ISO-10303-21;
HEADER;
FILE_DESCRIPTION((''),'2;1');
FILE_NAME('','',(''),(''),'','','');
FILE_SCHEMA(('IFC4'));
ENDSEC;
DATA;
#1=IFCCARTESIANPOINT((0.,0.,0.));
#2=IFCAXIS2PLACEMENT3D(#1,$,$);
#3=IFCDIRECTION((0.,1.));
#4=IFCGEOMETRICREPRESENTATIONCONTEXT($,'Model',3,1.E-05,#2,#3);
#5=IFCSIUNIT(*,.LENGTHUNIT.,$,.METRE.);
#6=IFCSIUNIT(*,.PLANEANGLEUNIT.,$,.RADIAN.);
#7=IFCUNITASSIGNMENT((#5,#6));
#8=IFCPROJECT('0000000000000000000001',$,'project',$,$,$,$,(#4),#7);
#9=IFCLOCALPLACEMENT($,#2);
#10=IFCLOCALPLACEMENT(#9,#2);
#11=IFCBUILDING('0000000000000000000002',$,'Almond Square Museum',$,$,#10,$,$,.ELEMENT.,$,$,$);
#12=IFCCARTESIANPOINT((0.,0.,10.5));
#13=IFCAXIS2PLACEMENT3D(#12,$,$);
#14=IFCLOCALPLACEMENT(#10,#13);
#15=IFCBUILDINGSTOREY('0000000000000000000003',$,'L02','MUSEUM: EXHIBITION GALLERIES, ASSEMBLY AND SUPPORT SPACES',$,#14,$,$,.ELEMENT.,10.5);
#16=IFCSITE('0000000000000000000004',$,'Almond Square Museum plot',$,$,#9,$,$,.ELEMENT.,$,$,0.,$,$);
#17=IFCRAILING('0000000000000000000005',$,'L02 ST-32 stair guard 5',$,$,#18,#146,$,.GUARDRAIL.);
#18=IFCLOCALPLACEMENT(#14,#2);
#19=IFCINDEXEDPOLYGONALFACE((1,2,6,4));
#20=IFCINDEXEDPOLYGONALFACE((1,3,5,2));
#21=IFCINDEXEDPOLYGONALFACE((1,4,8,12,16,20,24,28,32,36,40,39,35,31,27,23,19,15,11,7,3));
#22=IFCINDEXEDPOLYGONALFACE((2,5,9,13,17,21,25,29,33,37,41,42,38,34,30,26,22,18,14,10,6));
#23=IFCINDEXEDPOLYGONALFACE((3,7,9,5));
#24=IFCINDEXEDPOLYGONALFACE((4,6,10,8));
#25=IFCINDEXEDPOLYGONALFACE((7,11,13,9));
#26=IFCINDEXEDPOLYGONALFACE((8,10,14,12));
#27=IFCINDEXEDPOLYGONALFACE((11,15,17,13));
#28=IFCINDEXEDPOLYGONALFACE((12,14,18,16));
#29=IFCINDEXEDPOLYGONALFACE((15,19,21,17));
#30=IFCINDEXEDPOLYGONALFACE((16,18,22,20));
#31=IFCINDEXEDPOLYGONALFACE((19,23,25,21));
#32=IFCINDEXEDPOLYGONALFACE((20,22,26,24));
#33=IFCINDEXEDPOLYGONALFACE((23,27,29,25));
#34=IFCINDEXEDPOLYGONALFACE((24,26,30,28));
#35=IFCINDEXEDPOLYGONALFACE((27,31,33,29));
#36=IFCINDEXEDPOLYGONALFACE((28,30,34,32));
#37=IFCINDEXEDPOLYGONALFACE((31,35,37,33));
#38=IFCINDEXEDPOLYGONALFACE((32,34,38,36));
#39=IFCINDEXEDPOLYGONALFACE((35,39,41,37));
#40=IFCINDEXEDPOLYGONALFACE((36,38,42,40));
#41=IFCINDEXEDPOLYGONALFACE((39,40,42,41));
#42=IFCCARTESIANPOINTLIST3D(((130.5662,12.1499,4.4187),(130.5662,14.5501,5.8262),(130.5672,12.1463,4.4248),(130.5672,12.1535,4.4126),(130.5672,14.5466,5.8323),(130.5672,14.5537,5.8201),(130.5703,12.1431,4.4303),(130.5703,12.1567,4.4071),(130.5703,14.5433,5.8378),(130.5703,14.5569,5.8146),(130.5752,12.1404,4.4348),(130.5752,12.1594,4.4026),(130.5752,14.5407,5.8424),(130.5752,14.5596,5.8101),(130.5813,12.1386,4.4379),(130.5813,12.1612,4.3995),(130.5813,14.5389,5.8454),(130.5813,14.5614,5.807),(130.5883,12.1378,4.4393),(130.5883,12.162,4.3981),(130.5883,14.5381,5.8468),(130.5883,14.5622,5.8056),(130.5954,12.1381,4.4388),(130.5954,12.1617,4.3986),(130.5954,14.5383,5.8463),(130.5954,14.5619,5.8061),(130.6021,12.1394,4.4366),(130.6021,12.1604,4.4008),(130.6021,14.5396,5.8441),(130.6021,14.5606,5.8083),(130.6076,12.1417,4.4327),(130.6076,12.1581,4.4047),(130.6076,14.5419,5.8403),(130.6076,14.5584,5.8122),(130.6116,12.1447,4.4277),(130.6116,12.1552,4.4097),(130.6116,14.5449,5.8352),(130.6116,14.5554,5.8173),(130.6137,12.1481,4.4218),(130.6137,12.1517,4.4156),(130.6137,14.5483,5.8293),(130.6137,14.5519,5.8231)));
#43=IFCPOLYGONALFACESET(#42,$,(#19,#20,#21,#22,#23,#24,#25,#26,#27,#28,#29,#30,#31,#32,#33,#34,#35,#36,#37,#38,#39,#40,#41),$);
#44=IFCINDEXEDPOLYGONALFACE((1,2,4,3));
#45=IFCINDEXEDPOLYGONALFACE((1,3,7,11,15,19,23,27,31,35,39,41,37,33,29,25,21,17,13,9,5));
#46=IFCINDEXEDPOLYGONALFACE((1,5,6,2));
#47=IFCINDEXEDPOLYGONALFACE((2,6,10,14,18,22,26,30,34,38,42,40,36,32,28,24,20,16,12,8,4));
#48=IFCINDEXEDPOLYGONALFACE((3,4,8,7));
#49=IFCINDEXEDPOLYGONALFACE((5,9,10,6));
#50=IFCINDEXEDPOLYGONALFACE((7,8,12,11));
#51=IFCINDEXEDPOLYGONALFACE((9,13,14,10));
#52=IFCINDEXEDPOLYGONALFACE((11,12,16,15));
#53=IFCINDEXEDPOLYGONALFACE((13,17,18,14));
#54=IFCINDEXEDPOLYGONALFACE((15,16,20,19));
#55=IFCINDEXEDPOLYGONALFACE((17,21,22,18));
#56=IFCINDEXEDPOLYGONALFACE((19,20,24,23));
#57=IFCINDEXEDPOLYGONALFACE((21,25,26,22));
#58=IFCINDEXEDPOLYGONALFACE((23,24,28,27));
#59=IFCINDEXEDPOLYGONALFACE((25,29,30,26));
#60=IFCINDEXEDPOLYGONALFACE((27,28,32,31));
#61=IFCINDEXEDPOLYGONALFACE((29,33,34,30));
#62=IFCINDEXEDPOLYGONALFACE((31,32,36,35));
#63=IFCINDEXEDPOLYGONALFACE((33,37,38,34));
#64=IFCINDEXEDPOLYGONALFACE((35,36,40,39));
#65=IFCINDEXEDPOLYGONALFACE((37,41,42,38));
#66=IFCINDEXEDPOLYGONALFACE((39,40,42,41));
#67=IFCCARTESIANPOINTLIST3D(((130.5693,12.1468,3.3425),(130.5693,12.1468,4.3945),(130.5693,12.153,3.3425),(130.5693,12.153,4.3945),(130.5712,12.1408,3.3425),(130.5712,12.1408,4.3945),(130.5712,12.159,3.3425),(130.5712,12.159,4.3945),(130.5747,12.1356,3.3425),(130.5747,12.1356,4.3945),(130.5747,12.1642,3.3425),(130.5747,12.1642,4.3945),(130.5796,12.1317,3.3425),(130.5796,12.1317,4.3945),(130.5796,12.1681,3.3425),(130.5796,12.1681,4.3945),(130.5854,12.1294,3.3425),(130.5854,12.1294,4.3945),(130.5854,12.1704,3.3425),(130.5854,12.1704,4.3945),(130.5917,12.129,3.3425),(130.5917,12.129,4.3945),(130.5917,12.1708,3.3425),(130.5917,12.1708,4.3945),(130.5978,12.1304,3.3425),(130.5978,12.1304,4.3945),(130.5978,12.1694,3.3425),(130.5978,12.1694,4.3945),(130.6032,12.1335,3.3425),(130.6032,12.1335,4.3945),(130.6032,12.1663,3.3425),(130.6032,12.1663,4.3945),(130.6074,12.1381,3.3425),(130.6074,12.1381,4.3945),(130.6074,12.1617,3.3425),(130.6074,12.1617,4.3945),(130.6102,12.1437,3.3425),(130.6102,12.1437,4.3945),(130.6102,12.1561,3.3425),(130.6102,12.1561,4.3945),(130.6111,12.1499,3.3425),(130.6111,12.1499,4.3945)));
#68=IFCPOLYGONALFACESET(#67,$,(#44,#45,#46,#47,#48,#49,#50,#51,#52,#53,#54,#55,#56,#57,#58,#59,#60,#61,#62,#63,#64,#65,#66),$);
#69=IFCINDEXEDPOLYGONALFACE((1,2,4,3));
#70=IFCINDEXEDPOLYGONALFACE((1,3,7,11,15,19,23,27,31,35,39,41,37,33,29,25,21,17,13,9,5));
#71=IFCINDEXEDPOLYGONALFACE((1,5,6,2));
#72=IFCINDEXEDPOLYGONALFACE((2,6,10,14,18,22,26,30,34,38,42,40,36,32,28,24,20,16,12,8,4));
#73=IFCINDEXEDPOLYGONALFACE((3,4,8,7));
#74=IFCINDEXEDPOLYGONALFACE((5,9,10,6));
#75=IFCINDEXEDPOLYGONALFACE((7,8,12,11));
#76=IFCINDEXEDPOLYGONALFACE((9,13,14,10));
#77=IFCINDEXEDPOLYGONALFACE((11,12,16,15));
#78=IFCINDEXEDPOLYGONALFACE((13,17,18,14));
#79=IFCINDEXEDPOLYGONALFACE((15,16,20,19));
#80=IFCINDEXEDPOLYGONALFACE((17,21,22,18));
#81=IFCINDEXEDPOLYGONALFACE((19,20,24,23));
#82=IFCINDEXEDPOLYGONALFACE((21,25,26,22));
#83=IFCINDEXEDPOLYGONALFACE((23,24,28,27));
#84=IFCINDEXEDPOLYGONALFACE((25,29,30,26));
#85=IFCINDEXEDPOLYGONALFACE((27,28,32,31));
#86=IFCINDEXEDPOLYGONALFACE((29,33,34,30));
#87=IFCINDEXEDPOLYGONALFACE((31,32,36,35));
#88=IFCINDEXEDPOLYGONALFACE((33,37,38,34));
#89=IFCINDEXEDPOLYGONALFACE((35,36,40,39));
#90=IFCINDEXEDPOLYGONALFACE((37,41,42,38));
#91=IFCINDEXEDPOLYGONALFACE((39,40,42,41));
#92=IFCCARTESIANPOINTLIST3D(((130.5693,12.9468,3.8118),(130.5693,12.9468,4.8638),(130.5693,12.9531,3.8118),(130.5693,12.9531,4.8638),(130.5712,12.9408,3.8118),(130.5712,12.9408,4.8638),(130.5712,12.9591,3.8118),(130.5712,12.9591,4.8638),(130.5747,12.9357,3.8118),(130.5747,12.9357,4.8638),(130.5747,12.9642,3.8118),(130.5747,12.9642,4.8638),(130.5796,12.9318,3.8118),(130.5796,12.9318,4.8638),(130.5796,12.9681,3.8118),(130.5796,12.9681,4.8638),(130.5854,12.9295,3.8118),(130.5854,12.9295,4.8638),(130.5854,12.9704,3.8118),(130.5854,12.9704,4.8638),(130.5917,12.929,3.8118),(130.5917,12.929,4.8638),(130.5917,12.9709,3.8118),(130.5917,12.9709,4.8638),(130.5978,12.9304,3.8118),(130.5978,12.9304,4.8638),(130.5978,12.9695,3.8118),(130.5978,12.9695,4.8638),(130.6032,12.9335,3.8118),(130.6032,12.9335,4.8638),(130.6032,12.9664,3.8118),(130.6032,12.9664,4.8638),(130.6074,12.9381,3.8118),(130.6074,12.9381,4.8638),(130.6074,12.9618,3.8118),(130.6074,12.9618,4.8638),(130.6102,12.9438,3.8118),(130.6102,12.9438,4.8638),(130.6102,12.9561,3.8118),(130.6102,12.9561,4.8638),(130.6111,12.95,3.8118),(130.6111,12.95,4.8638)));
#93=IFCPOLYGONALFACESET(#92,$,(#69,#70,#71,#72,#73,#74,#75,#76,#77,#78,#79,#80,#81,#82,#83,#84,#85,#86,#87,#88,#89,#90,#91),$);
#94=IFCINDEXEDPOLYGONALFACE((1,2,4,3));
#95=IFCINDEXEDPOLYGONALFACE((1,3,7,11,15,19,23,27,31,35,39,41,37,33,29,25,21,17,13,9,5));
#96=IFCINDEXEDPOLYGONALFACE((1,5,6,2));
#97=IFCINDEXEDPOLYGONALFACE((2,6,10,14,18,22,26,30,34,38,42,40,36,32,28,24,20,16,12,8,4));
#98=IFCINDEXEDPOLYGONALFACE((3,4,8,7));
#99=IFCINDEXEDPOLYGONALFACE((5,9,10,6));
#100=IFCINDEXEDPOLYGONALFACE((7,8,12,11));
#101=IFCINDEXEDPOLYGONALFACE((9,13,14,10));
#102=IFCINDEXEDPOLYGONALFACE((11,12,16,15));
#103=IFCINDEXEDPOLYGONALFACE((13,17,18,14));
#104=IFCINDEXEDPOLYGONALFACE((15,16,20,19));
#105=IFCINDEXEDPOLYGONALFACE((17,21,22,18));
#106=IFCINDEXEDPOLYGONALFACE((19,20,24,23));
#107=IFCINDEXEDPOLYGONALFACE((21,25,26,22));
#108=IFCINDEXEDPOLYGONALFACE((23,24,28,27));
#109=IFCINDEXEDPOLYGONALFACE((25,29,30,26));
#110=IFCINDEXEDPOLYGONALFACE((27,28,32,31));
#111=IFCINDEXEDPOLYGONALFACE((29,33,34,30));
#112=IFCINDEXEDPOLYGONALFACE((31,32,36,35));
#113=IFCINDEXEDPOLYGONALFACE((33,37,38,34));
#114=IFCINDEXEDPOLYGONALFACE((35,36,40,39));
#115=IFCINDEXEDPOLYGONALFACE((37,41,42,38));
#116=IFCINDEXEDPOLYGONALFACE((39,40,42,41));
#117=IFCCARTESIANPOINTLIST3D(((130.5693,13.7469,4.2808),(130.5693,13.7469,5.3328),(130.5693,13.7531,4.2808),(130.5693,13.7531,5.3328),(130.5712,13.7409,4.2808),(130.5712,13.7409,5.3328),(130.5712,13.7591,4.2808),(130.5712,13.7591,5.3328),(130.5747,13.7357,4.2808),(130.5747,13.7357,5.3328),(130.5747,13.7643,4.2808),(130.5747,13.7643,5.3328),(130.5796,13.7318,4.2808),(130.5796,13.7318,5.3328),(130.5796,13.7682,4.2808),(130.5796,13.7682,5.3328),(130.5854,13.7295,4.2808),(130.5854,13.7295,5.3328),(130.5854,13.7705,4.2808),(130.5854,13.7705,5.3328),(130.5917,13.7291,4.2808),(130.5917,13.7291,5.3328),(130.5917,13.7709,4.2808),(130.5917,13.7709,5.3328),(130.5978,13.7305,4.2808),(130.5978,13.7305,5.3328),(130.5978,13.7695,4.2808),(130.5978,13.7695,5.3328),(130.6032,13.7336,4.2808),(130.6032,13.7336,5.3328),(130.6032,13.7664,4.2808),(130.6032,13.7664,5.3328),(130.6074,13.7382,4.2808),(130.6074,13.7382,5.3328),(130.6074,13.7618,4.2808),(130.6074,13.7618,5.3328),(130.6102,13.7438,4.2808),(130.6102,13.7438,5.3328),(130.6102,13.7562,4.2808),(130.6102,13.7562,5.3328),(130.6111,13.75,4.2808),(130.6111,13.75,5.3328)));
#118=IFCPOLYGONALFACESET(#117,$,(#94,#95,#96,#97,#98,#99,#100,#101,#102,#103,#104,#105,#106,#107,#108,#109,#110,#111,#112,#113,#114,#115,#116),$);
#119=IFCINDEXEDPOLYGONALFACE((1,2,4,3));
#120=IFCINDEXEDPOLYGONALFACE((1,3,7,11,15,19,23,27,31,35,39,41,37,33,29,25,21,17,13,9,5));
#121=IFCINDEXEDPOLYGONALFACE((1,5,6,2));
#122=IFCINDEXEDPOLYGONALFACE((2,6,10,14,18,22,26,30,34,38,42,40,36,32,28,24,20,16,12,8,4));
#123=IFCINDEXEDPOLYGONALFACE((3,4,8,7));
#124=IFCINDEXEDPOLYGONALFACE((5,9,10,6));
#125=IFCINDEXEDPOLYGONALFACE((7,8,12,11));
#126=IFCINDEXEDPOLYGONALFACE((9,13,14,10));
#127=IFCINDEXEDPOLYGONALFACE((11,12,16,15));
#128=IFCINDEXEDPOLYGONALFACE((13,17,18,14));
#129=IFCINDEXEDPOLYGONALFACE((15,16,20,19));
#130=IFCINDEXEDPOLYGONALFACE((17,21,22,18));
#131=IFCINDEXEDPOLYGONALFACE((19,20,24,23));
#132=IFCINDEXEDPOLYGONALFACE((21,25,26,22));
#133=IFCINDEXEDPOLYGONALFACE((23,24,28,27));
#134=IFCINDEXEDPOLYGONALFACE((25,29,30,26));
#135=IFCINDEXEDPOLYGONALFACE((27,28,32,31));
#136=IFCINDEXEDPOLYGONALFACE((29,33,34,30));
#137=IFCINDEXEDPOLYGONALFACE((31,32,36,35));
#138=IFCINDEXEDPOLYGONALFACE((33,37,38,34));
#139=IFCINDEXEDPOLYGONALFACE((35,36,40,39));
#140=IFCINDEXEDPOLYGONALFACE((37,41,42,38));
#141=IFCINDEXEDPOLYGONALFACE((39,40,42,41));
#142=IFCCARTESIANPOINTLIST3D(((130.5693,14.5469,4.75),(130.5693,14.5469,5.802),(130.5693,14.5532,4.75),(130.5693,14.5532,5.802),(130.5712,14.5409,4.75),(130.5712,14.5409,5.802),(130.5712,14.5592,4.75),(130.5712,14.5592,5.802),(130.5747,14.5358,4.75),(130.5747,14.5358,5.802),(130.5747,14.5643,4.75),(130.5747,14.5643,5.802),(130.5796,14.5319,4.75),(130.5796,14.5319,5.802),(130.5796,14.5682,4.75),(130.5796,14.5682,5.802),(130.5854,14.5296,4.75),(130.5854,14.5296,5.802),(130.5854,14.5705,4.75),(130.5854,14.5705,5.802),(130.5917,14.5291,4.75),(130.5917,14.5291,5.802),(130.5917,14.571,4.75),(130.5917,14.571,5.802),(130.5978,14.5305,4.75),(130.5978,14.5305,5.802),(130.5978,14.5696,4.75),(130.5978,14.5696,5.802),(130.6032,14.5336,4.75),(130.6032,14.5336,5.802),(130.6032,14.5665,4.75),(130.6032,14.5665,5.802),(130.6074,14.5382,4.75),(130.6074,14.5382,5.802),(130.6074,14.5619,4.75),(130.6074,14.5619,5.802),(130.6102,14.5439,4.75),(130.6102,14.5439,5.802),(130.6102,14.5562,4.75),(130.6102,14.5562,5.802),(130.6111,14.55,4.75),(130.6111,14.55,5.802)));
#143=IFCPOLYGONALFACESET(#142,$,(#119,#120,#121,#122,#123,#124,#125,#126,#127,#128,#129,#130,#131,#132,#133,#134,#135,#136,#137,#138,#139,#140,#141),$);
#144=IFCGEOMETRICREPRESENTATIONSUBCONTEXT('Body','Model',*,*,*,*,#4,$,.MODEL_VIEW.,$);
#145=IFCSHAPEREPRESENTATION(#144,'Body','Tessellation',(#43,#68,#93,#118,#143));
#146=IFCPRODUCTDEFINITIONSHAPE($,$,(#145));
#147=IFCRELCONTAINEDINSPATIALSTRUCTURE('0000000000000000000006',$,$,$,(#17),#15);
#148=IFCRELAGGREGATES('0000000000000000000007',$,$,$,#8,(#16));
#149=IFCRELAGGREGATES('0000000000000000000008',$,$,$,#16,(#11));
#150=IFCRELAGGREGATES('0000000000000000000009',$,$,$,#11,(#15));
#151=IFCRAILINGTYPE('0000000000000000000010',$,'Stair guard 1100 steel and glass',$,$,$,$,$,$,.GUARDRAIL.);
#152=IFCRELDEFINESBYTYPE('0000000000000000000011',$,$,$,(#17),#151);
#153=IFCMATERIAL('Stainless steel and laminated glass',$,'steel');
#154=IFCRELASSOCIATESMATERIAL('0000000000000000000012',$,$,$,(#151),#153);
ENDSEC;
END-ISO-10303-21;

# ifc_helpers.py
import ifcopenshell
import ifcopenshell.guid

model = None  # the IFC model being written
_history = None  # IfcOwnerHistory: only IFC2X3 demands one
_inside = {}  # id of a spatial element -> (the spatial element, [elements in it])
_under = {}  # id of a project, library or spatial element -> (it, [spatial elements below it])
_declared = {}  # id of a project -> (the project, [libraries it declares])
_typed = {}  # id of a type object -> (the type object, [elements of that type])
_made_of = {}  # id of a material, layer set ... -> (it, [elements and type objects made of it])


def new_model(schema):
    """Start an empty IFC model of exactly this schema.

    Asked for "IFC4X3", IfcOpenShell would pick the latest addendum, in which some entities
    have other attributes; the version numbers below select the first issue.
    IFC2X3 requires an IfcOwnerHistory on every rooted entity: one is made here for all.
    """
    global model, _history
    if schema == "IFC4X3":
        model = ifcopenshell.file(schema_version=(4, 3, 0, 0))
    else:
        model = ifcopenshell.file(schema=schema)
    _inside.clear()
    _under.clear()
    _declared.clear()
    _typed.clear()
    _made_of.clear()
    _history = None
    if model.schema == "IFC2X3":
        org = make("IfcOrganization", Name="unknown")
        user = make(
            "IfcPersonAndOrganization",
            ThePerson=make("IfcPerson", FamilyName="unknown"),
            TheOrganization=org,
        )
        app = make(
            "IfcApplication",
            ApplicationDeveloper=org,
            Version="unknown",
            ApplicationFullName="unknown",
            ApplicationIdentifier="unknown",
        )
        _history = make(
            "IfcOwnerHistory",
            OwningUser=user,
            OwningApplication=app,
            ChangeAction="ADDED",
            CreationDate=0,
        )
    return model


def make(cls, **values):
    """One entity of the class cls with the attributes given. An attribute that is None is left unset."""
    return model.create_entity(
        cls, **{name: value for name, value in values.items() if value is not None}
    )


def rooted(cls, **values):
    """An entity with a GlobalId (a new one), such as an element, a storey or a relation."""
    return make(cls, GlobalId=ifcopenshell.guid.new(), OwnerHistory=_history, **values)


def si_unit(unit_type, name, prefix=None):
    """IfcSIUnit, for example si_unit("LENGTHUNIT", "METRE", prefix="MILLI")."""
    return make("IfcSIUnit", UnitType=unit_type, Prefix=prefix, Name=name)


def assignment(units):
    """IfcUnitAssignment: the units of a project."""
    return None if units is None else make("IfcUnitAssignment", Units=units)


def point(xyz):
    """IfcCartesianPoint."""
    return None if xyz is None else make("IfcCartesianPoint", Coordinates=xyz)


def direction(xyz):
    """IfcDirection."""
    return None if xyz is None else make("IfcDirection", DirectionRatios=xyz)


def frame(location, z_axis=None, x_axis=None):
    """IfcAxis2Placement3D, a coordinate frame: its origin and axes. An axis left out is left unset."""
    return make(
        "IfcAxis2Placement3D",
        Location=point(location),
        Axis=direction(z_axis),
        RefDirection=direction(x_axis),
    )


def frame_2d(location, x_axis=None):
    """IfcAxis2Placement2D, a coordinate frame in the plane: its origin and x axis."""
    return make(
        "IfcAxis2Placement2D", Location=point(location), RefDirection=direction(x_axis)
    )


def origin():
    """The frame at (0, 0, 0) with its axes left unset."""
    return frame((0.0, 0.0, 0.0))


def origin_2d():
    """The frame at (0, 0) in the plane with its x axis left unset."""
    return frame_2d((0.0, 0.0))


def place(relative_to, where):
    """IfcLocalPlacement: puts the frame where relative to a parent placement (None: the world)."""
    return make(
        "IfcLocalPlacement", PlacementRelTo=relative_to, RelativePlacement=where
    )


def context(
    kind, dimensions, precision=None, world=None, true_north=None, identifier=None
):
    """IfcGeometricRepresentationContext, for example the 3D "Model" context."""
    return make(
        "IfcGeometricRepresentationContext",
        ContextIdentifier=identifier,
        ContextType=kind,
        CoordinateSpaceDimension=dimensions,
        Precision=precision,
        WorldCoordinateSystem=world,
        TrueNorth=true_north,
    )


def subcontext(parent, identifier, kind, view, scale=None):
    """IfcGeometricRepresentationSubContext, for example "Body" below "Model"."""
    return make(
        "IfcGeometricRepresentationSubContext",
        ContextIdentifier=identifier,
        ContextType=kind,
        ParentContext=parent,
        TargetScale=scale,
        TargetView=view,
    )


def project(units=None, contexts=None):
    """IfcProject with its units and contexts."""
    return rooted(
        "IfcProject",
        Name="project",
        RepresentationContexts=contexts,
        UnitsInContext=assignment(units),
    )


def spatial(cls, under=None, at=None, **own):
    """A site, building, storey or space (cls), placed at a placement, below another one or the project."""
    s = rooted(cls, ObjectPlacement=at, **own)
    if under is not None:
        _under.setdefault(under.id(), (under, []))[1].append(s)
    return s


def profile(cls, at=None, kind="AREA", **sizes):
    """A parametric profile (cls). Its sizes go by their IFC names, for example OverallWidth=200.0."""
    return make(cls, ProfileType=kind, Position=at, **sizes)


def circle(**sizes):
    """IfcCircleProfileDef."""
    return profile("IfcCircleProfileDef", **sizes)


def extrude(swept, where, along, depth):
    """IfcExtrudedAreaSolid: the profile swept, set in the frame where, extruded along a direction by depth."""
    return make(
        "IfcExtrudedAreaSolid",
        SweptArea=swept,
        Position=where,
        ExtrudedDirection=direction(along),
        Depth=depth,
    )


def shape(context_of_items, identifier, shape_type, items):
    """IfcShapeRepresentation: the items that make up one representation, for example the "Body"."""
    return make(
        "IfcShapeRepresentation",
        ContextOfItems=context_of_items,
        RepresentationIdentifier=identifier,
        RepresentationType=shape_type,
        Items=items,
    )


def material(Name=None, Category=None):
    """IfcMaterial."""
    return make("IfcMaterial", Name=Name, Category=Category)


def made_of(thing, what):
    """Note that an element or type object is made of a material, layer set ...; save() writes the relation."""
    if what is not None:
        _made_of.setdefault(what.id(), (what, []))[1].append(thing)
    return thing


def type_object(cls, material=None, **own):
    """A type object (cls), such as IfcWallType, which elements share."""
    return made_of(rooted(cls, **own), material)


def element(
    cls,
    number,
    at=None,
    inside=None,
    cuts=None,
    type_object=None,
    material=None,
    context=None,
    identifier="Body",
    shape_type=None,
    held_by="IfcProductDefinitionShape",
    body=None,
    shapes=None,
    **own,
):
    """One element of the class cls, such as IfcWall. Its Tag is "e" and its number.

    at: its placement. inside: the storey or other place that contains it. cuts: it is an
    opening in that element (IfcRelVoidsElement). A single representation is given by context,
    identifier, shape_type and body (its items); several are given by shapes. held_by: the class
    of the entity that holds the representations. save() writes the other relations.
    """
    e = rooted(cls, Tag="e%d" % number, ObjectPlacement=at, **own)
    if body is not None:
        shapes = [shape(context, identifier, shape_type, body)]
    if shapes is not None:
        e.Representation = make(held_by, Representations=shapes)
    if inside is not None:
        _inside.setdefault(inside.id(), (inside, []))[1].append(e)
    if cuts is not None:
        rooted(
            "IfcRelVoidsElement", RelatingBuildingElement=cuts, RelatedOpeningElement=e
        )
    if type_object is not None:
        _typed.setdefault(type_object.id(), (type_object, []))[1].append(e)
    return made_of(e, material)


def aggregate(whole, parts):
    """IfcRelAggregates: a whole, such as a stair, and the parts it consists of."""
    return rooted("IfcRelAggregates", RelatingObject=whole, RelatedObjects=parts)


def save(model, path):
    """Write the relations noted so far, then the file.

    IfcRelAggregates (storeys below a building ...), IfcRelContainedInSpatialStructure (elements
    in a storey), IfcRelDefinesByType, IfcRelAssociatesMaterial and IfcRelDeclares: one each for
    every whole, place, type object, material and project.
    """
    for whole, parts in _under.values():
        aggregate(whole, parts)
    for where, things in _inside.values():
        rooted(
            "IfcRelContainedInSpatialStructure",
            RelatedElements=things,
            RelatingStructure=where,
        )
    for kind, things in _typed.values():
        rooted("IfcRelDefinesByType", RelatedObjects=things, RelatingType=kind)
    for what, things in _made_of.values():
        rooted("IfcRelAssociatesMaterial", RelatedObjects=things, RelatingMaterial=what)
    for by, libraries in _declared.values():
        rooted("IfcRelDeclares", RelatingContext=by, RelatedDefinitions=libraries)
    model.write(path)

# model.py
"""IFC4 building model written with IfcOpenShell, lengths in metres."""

from ifc_helpers import new_model, si_unit, direction, frame, origin, origin_2d, place, context, subcontext, project, spatial, circle, extrude, material, type_object, element, save


model = new_model("IFC4")

# Units and contexts
model_context = context("Model", 3, precision=1e-05, world=origin(), true_north=direction((0.0, 1.0)))
body_context = subcontext(model_context, "Body", "Model", "MODEL_VIEW")
ifc_project = project(units=[si_unit("LENGTHUNIT", "METRE"), si_unit("PLANEANGLEUNIT", "RADIAN")], contexts=[model_context])

# Site, building, storey
site_placement = place(None, origin())
site = spatial("IfcSite", under=ifc_project, at=site_placement, Name="Almond Square Museum plot", CompositionType="ELEMENT", RefElevation=0.0)
building_placement = place(site_placement, origin())
building = spatial("IfcBuilding", under=site, at=building_placement, Name="Almond Square Museum", CompositionType="ELEMENT")
storey_placement = place(building_placement, frame((0.0, 0.0, 10.5)))
storey = spatial("IfcBuildingStorey", under=building, at=storey_placement, Name="L02", Description="MUSEUM: EXHIBITION GALLERIES, ASSEMBLY AND SUPPORT SPACES", CompositionType="ELEMENT", Elevation=10.5)

# Railing
ifc_material_1 = material(Name="Stainless steel and laminated glass", Category="steel")
railing_type_1 = type_object("IfcRailingType", Name="Stair guard 1100 steel and glass", PredefinedType="GUARDRAIL", material=ifc_material_1)
railing_1_placement = place(storey_placement, frame((130.5901, 12.1499, 3.3425)))
element("IfcRailing", 1, at=railing_1_placement, inside=storey, type_object=railing_type_1, Name="L02 ST-32 stair guard 5", PredefinedType="GUARDRAIL", context=body_context, shape_type="SweptSolid", body=[
    extrude(circle(Radius=0.0239, at=origin_2d()), frame((0.0, 0.0, 1.0762), z_axis=(0.0, 0.862621, 0.50585), x_axis=(-1.0, 0.0, 0.0)), (0.0, 0.0, 1.0), 2.7825),
    extrude(circle(Radius=0.021, at=origin_2d()), origin(), (0.0, 0.0, 1.0), 1.052),
    extrude(circle(Radius=0.021, at=origin_2d()), frame((0.0, 0.8, 0.4692)), (0.0, 0.0, 1.0), 1.052),
    extrude(circle(Radius=0.021, at=origin_2d()), frame((0.0, 1.6001, 0.9382)), (0.0, 0.0, 1.0), 1.052),
    extrude(circle(Radius=0.021, at=origin_2d()), frame((0.0, 2.4001, 1.4075)), (0.0, 0.0, 1.0), 1.052),
])

save(model, "model.ifc")
